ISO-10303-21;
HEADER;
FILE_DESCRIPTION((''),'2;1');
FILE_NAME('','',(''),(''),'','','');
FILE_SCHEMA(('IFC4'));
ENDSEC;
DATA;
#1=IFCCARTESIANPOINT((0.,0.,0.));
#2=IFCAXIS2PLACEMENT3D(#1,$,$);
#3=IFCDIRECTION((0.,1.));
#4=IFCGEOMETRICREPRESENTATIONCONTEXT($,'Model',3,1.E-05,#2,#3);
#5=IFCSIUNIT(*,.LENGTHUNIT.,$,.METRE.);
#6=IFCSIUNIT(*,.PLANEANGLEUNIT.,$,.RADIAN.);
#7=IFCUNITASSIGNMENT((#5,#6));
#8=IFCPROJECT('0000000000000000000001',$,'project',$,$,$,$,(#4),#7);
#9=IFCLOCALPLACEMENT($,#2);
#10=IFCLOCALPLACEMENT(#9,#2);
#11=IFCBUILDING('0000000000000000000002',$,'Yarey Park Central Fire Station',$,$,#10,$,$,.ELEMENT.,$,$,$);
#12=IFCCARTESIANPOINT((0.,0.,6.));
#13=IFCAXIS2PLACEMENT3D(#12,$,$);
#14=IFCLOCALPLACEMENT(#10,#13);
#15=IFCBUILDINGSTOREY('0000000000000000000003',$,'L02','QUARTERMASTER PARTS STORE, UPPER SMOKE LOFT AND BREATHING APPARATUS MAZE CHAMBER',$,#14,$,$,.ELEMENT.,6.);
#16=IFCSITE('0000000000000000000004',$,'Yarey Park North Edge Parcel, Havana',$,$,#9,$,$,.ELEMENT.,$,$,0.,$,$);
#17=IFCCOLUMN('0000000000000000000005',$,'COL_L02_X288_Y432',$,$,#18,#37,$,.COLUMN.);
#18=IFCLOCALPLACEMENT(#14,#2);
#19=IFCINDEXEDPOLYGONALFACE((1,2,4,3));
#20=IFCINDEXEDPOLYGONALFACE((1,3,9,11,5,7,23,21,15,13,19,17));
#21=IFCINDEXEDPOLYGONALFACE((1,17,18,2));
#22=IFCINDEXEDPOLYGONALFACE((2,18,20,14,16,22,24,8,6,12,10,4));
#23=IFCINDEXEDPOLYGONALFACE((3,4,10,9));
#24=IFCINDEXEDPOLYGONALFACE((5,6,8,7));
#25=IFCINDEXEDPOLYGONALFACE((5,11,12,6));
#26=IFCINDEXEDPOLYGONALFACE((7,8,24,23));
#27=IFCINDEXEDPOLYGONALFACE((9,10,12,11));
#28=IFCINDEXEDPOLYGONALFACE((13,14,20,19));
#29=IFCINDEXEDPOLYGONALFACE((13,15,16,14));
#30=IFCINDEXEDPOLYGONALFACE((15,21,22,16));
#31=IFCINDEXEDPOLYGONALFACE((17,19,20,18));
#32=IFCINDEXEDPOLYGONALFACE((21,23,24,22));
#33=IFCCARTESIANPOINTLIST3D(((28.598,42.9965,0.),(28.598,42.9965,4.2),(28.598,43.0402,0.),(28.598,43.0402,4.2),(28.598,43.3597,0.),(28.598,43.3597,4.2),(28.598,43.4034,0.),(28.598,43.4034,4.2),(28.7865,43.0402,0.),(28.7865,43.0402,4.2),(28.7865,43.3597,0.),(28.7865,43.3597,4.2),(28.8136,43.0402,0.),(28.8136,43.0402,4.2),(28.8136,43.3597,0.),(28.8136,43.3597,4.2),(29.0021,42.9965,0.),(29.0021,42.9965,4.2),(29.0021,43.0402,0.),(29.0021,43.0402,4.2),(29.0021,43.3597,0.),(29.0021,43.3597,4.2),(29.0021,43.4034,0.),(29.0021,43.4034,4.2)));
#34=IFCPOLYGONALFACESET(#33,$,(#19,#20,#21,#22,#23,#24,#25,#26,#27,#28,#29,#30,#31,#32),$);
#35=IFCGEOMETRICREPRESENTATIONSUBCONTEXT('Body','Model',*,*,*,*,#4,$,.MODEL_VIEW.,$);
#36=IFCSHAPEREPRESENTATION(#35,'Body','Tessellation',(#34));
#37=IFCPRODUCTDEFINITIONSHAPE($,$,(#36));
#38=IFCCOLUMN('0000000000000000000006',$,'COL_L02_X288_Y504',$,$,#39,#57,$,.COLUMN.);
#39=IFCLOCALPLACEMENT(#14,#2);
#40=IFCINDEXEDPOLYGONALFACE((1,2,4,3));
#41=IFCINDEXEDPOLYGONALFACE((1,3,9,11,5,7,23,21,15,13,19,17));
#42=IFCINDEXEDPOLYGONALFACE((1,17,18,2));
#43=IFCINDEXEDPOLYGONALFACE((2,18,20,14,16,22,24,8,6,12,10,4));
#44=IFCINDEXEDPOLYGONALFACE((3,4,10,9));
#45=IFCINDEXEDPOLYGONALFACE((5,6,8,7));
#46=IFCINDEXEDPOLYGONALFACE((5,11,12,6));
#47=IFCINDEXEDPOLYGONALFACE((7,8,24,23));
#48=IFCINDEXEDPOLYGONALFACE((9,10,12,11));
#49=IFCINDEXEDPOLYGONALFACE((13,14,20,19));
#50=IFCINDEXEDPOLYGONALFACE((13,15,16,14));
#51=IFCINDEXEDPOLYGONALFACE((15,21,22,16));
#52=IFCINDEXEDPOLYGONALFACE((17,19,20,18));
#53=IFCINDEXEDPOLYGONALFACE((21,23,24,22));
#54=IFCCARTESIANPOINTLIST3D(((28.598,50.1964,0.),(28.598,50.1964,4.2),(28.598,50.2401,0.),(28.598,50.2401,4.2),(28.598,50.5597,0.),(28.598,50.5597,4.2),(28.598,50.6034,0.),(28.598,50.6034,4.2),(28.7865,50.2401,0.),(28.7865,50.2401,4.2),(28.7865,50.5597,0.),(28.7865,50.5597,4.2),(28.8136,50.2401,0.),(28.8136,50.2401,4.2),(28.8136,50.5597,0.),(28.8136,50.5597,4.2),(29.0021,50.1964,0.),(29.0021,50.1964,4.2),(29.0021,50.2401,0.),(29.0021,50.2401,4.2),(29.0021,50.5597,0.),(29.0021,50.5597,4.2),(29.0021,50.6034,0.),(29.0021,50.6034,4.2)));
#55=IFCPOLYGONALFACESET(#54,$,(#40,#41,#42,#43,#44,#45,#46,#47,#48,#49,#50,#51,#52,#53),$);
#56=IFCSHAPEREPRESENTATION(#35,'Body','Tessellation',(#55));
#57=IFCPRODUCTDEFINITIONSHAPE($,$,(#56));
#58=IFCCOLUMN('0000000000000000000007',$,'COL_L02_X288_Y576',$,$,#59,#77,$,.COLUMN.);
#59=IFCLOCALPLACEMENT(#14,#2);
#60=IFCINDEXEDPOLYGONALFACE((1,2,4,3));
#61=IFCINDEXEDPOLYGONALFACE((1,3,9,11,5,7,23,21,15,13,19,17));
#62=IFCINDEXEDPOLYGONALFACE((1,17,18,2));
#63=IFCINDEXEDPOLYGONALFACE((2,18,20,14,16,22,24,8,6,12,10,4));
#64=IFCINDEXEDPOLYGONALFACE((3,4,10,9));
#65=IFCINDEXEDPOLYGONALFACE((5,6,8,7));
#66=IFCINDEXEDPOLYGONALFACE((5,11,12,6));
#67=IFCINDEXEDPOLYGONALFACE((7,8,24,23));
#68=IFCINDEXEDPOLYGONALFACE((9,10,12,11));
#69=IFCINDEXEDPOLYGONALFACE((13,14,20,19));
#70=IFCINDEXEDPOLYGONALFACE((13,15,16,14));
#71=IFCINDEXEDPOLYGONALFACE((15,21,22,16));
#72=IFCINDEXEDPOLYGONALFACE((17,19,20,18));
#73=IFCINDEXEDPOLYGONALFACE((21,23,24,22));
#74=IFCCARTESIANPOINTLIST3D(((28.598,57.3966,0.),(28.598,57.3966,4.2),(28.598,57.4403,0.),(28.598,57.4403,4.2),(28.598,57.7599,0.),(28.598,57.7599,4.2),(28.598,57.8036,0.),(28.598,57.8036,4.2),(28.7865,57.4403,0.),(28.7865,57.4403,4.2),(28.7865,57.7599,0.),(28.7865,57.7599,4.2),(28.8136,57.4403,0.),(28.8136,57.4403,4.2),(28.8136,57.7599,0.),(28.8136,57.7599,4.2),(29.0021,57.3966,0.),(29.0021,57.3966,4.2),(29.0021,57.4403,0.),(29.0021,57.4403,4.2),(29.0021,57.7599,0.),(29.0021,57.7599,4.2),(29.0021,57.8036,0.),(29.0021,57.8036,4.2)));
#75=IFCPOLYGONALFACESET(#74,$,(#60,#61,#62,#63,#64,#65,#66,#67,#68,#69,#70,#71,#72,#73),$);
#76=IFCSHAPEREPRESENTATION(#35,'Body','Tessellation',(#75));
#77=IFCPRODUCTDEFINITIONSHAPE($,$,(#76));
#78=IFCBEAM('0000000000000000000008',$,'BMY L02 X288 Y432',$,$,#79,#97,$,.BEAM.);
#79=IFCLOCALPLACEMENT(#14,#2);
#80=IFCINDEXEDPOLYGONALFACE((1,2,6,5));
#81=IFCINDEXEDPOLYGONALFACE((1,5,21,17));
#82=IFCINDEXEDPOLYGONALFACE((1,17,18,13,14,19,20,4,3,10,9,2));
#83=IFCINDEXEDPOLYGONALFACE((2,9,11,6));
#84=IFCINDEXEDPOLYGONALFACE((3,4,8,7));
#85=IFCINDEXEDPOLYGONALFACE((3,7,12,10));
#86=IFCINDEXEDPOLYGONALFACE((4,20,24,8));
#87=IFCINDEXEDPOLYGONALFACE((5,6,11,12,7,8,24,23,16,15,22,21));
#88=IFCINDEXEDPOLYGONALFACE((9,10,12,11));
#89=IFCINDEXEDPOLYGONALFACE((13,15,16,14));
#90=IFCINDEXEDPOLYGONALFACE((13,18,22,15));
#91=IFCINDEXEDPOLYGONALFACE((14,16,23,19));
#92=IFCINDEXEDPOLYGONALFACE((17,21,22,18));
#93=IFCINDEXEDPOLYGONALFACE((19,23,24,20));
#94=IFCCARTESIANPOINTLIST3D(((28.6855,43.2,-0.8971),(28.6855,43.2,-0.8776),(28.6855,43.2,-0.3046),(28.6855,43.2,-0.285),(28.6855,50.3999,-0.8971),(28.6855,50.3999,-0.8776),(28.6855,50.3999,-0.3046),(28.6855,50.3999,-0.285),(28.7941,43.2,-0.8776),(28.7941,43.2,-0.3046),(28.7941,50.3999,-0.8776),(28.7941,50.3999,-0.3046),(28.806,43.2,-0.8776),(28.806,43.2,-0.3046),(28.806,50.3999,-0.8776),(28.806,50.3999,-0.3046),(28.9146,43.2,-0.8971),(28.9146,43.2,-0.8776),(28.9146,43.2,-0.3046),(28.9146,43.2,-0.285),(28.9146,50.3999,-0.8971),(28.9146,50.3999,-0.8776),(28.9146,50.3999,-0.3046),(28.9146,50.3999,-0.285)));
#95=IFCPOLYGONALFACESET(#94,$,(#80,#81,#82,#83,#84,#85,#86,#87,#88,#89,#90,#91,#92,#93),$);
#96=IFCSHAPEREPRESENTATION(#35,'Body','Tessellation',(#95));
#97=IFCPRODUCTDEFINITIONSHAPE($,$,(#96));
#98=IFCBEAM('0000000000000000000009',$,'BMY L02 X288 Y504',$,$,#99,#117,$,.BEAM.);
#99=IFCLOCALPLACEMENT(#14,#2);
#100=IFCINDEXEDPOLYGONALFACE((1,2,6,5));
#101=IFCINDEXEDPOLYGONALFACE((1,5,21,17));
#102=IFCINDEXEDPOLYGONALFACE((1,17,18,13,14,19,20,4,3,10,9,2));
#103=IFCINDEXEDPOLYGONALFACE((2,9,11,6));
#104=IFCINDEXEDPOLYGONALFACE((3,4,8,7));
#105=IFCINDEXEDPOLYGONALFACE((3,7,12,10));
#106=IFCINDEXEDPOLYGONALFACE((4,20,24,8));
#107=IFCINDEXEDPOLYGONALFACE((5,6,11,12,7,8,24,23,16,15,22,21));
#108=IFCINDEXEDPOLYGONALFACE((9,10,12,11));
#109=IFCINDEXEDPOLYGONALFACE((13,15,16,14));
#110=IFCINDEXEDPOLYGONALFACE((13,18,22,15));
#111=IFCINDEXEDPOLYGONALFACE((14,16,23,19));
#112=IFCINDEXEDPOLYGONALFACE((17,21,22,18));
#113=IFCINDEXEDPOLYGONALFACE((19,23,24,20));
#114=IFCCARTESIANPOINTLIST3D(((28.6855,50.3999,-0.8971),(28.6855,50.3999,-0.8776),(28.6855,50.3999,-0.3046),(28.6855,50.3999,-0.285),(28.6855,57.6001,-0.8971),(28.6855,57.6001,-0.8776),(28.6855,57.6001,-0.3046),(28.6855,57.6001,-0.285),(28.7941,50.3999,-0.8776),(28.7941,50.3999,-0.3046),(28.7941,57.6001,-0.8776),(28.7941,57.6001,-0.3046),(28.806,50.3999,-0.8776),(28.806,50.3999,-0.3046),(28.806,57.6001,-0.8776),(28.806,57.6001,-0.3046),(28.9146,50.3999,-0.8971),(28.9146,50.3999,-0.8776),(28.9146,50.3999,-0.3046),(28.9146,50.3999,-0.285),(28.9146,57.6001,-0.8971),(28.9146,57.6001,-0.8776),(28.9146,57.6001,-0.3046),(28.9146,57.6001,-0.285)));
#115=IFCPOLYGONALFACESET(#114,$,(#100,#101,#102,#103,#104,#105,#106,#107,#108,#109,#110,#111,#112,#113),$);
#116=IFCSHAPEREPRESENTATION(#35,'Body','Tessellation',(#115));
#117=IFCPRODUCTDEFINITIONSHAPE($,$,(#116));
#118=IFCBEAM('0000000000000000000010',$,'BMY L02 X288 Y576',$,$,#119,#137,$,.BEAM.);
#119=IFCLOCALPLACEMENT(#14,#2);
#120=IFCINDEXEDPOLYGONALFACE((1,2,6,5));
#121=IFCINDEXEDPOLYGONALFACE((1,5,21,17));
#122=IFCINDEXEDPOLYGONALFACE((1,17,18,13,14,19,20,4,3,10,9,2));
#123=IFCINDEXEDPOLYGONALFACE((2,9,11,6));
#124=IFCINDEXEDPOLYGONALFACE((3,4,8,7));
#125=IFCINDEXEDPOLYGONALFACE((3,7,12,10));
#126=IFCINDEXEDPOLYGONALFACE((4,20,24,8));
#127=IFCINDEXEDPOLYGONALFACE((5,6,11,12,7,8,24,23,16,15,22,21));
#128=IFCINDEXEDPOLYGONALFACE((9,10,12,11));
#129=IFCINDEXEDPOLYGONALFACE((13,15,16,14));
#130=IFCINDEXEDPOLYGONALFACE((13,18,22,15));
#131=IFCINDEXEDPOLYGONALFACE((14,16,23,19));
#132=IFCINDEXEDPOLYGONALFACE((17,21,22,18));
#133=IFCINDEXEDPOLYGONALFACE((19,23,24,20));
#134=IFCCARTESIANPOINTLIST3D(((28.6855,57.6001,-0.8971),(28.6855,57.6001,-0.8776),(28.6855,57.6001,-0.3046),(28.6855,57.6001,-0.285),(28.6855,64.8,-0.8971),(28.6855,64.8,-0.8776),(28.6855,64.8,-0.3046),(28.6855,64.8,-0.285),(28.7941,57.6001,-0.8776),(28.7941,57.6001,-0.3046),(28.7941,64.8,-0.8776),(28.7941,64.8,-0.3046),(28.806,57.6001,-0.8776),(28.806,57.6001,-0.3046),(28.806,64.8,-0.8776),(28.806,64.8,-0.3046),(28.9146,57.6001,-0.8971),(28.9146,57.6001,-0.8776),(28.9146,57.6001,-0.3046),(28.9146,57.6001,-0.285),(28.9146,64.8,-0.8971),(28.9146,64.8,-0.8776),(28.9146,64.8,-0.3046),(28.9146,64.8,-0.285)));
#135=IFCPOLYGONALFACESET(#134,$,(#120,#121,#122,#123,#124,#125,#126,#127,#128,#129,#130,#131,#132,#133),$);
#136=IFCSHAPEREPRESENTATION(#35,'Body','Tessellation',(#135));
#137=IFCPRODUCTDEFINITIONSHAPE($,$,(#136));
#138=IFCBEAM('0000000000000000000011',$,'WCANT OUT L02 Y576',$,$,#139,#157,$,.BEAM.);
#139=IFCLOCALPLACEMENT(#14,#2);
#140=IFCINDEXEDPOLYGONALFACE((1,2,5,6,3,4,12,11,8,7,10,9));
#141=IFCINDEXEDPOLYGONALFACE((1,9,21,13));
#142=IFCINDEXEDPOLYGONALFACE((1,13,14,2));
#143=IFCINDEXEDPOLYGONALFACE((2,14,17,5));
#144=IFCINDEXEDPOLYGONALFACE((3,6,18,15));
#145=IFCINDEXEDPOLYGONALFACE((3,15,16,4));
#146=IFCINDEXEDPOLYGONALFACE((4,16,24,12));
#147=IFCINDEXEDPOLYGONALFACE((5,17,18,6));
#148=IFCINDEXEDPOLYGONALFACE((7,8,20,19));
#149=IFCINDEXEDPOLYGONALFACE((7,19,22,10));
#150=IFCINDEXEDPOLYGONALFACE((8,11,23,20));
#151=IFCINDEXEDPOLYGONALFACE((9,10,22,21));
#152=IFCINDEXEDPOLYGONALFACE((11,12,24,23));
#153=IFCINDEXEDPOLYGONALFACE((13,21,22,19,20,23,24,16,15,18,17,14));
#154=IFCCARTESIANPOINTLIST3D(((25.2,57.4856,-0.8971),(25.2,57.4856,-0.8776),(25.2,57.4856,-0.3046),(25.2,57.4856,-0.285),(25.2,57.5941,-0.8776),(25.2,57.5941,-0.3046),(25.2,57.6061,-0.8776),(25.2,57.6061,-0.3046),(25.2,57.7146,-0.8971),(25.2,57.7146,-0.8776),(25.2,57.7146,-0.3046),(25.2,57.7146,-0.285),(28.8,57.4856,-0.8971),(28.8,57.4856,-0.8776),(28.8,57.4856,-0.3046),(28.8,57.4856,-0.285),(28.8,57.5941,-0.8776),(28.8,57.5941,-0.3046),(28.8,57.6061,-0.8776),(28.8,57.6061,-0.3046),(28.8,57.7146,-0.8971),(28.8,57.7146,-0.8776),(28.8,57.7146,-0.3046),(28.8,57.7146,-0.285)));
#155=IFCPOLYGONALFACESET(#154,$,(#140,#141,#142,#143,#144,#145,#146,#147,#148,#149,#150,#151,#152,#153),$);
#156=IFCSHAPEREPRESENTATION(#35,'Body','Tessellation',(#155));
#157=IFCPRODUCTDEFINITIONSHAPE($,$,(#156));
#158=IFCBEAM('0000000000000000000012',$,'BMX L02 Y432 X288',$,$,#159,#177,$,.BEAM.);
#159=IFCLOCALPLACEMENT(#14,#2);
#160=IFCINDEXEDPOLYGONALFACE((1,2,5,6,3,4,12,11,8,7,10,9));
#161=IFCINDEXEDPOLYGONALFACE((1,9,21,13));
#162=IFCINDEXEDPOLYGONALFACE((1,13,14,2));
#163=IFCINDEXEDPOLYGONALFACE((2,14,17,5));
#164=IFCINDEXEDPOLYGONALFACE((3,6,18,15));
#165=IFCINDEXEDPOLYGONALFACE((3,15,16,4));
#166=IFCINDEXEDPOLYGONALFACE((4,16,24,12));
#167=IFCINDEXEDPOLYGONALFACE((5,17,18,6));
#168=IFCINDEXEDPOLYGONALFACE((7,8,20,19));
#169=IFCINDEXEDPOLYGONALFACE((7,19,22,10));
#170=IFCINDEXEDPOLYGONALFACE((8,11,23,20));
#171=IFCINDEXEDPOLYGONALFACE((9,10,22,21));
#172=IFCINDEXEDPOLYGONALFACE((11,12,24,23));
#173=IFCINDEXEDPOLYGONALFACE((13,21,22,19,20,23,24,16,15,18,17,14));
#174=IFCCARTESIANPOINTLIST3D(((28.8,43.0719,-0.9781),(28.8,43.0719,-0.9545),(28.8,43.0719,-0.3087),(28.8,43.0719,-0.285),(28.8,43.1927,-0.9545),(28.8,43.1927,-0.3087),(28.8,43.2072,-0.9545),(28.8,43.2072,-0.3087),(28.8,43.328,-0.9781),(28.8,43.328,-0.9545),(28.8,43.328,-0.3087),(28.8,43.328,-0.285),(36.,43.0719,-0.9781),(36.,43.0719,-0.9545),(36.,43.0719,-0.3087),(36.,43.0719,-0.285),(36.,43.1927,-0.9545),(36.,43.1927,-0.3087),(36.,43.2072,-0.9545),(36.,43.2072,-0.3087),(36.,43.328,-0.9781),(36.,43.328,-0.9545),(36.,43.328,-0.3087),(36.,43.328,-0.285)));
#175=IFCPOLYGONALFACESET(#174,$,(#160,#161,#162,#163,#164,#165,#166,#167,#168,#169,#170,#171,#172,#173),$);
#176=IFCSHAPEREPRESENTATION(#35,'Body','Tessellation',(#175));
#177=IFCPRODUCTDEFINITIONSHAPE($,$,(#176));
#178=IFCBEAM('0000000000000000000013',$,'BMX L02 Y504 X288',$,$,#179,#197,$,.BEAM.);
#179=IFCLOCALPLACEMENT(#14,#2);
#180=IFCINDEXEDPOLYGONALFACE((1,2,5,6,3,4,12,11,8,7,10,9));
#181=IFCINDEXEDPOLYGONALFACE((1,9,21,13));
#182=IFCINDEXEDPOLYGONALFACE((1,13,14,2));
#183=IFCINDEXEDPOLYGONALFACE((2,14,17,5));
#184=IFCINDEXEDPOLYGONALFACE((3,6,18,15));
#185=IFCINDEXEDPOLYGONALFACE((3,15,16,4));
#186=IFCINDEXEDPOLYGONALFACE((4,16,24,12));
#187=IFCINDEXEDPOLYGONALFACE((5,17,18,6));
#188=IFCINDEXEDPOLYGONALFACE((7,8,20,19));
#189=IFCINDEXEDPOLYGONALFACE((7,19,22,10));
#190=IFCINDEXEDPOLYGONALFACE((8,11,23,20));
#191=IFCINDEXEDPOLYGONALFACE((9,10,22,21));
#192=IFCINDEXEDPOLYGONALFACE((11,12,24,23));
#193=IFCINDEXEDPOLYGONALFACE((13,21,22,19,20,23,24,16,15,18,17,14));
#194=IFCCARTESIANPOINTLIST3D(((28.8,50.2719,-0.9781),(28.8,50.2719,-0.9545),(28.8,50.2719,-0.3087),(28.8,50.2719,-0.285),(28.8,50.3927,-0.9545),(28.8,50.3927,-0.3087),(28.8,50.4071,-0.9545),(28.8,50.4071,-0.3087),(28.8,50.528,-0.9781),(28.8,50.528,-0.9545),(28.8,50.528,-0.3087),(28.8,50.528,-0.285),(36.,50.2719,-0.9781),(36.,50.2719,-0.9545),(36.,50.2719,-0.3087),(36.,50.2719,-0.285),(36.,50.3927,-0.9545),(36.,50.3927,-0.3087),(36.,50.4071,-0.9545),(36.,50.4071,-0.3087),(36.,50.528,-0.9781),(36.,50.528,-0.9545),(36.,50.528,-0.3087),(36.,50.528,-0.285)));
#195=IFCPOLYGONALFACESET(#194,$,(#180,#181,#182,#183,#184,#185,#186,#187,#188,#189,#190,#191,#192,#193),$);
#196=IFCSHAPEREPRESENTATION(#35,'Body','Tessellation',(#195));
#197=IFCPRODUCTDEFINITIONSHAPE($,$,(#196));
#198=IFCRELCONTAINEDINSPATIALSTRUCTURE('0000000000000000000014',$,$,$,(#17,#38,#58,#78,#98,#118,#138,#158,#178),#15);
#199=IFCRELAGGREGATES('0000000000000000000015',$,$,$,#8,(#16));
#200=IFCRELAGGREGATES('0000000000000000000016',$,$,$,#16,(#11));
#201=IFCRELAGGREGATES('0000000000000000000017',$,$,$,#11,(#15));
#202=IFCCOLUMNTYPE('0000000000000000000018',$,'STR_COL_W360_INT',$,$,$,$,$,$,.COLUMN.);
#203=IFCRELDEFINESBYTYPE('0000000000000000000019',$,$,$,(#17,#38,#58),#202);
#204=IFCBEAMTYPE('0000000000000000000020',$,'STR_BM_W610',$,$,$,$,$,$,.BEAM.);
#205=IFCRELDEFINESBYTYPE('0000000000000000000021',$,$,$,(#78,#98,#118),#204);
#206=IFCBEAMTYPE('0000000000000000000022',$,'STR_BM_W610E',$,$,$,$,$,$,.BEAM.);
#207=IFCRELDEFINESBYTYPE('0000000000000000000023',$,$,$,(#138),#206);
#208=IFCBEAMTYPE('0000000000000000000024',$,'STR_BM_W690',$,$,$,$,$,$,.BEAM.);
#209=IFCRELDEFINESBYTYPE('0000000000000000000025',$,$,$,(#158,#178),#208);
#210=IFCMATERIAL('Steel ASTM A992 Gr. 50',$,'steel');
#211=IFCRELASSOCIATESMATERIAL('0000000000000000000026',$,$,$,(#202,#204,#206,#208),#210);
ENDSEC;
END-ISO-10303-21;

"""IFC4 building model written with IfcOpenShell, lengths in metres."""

from ifc_helpers import new_model, si_unit, direction, frame, origin, origin_2d, place, context, subcontext, project, spatial, i_section, extrude, material, material_profile, profile_set, type_object, element, save


model = new_model("IFC4")

# Units and contexts
model_context = context("Model", 3, precision=1e-05, world=origin(), true_north=direction((0.0, 1.0)))
body_context = subcontext(model_context, "Body", "Model", "MODEL_VIEW")
ifc_project = project(units=[si_unit("LENGTHUNIT", "METRE"), si_unit("PLANEANGLEUNIT", "RADIAN")], contexts=[model_context])

# Site, building, storey
site_placement = place(None, origin())
site = spatial("IfcSite", under=ifc_project, at=site_placement, Name="Yarey Park North Edge Parcel, Havana", CompositionType="ELEMENT", RefElevation=0.0)
building_placement = place(site_placement, origin())
building = spatial("IfcBuilding", under=site, at=building_placement, Name="Yarey Park Central Fire Station", CompositionType="ELEMENT")
storey_placement = place(building_placement, frame((0.0, 0.0, 6.0)))
storey = spatial("IfcBuildingStorey", under=building, at=storey_placement, Name="L02", Description="QUARTERMASTER PARTS STORE, UPPER SMOKE LOFT AND BREATHING APPARATUS MAZE CHAMBER", CompositionType="ELEMENT", Elevation=6.0)

# Columns
ifc_material_1 = material(Name="Steel ASTM A992 Gr. 50", Category="steel")
ifc_material_profile_1 = material_profile(ifc_material_1, i_section(OverallWidth=0.4041, OverallDepth=0.407, WebThickness=0.0271, FlangeThickness=0.0437, at=origin_2d()), Name="W360x347")
ifc_profile_set_1 = profile_set([ifc_material_profile_1], Name="Steel ASTM A992 Gr. 50")
column_type = type_object("IfcColumnType", Name="STR_COL_W360_INT", PredefinedType="COLUMN", material=ifc_profile_set_1)
for number, where, z_axis, x_axis, name in (
    (1, (28.8, 43.2, 0.0), (0.0, 0.0, 1.0), (1.0, 0.0, 0.0), "COL_L02_X288_Y432"),
    (2, (28.8, 50.3999, 0.0), (0.0, 0.0, 1.0), (1.0, 0.0, 0.0), "COL_L02_X288_Y504"),
    (3, (28.8, 57.6001, 0.0), (0.0, 0.0, 1.0), (1.0, 0.0, 0.0), "COL_L02_X288_Y576"),
):
    element("IfcColumn", number, at=place(storey_placement, frame(where, z_axis=z_axis, x_axis=x_axis)), inside=storey, type_object=column_type, Name=name, PredefinedType="COLUMN", context=body_context, shape_type="SweptSolid", body=[
        extrude(i_section(OverallWidth=0.4041, OverallDepth=0.407, WebThickness=0.0271, FlangeThickness=0.0437, at=origin_2d()), origin(), (0.0, 0.0, 1.0), 4.2),
    ])

# Beams
ifc_material_profile_2 = material_profile(ifc_material_1, i_section(OverallWidth=0.229, OverallDepth=0.6121, WebThickness=0.012, FlangeThickness=0.0195, at=origin_2d()), Name="W610x125")
ifc_profile_set_2 = profile_set([ifc_material_profile_2], Name="Steel ASTM A992 Gr. 50")
beam_type_1 = type_object("IfcBeamType", Name="STR_BM_W610", PredefinedType="BEAM", material=ifc_profile_set_2)
beam_1_placement = place(storey_placement, frame((28.8, 43.2, -0.5911), z_axis=(0.0, 1.0, 0.0), x_axis=(-1.0, 0.0, 0.0)))
element("IfcBeam", 4, at=beam_1_placement, inside=storey, type_object=beam_type_1, Name="BMY L02 X288 Y432", PredefinedType="BEAM", context=body_context, shape_type="SweptSolid", body=[
    extrude(i_section(OverallWidth=0.229, OverallDepth=0.6121, WebThickness=0.012, FlangeThickness=0.0195, at=origin_2d()), origin(), (0.0, 0.0, 1.0), 7.2),
])
beam_2_placement = place(storey_placement, frame((28.8, 50.3999, -0.5911), z_axis=(0.0, 1.0, 0.0), x_axis=(-1.0, 0.0, 0.0)))
element("IfcBeam", 5, at=beam_2_placement, inside=storey, type_object=beam_type_1, Name="BMY L02 X288 Y504", PredefinedType="BEAM", context=body_context, shape_type="SweptSolid", body=[
    extrude(i_section(OverallWidth=0.229, OverallDepth=0.6121, WebThickness=0.012, FlangeThickness=0.0195, at=origin_2d()), origin(), (0.0, 0.0, 1.0), 7.2002),
])
beam_3_placement = place(storey_placement, frame((28.8, 57.6001, -0.5911), z_axis=(0.0, 1.0, 0.0), x_axis=(-1.0, 0.0, 0.0)))
element("IfcBeam", 6, at=beam_3_placement, inside=storey, type_object=beam_type_1, Name="BMY L02 X288 Y576", PredefinedType="BEAM", context=body_context, shape_type="SweptSolid", body=[
    extrude(i_section(OverallWidth=0.229, OverallDepth=0.6121, WebThickness=0.012, FlangeThickness=0.0195, at=origin_2d()), origin(), (0.0, 0.0, 1.0), 7.2),
])
ifc_material_profile_3 = material_profile(ifc_material_1, i_section(OverallWidth=0.229, OverallDepth=0.6121, WebThickness=0.012, FlangeThickness=0.0195, at=origin_2d()), Name="W610x125")
ifc_profile_set_3 = profile_set([ifc_material_profile_3], Name="Steel ASTM A992 Gr. 50")
beam_type_2 = type_object("IfcBeamType", Name="STR_BM_W610E", PredefinedType="BEAM", material=ifc_profile_set_3)
beam_4_placement = place(storey_placement, frame((25.2, 57.6001, -0.5911), z_axis=(1.0, 0.0, 0.0), x_axis=(0.0, 1.0, 0.0)))
element("IfcBeam", 7, at=beam_4_placement, inside=storey, type_object=beam_type_2, Name="WCANT OUT L02 Y576", PredefinedType="BEAM", context=body_context, shape_type="SweptSolid", body=[
    extrude(i_section(OverallWidth=0.229, OverallDepth=0.6121, WebThickness=0.012, FlangeThickness=0.0195, at=origin_2d()), origin(), (0.0, 0.0, 1.0), 3.6001),
])
ifc_material_profile_4 = material_profile(ifc_material_1, i_section(OverallWidth=0.2561, OverallDepth=0.6931, WebThickness=0.0144, FlangeThickness=0.0237, at=origin_2d()), Name="W690x170")
ifc_profile_set_4 = profile_set([ifc_material_profile_4], Name="Steel ASTM A992 Gr. 50")
beam_type_3 = type_object("IfcBeamType", Name="STR_BM_W690", PredefinedType="BEAM", material=ifc_profile_set_4)
for number, where, z_axis, x_axis, name in (
    (8, (28.8, 43.2, -0.6316), (1.0, 0.0, 0.0), (0.0, 1.0, 0.0), "BMX L02 Y432 X288"),
    (9, (28.8, 50.3999, -0.6316), (1.0, 0.0, 0.0), (0.0, 1.0, 0.0), "BMX L02 Y504 X288"),
):
    element("IfcBeam", number, at=place(storey_placement, frame(where, z_axis=z_axis, x_axis=x_axis)), inside=storey, type_object=beam_type_3, Name=name, PredefinedType="BEAM", context=body_context, shape_type="SweptSolid", body=[
        extrude(i_section(OverallWidth=0.2561, OverallDepth=0.6931, WebThickness=0.0144, FlangeThickness=0.0237, at=origin_2d()), origin(), (0.0, 0.0, 1.0), 7.2),
    ])

save(model, "model.ifc")
